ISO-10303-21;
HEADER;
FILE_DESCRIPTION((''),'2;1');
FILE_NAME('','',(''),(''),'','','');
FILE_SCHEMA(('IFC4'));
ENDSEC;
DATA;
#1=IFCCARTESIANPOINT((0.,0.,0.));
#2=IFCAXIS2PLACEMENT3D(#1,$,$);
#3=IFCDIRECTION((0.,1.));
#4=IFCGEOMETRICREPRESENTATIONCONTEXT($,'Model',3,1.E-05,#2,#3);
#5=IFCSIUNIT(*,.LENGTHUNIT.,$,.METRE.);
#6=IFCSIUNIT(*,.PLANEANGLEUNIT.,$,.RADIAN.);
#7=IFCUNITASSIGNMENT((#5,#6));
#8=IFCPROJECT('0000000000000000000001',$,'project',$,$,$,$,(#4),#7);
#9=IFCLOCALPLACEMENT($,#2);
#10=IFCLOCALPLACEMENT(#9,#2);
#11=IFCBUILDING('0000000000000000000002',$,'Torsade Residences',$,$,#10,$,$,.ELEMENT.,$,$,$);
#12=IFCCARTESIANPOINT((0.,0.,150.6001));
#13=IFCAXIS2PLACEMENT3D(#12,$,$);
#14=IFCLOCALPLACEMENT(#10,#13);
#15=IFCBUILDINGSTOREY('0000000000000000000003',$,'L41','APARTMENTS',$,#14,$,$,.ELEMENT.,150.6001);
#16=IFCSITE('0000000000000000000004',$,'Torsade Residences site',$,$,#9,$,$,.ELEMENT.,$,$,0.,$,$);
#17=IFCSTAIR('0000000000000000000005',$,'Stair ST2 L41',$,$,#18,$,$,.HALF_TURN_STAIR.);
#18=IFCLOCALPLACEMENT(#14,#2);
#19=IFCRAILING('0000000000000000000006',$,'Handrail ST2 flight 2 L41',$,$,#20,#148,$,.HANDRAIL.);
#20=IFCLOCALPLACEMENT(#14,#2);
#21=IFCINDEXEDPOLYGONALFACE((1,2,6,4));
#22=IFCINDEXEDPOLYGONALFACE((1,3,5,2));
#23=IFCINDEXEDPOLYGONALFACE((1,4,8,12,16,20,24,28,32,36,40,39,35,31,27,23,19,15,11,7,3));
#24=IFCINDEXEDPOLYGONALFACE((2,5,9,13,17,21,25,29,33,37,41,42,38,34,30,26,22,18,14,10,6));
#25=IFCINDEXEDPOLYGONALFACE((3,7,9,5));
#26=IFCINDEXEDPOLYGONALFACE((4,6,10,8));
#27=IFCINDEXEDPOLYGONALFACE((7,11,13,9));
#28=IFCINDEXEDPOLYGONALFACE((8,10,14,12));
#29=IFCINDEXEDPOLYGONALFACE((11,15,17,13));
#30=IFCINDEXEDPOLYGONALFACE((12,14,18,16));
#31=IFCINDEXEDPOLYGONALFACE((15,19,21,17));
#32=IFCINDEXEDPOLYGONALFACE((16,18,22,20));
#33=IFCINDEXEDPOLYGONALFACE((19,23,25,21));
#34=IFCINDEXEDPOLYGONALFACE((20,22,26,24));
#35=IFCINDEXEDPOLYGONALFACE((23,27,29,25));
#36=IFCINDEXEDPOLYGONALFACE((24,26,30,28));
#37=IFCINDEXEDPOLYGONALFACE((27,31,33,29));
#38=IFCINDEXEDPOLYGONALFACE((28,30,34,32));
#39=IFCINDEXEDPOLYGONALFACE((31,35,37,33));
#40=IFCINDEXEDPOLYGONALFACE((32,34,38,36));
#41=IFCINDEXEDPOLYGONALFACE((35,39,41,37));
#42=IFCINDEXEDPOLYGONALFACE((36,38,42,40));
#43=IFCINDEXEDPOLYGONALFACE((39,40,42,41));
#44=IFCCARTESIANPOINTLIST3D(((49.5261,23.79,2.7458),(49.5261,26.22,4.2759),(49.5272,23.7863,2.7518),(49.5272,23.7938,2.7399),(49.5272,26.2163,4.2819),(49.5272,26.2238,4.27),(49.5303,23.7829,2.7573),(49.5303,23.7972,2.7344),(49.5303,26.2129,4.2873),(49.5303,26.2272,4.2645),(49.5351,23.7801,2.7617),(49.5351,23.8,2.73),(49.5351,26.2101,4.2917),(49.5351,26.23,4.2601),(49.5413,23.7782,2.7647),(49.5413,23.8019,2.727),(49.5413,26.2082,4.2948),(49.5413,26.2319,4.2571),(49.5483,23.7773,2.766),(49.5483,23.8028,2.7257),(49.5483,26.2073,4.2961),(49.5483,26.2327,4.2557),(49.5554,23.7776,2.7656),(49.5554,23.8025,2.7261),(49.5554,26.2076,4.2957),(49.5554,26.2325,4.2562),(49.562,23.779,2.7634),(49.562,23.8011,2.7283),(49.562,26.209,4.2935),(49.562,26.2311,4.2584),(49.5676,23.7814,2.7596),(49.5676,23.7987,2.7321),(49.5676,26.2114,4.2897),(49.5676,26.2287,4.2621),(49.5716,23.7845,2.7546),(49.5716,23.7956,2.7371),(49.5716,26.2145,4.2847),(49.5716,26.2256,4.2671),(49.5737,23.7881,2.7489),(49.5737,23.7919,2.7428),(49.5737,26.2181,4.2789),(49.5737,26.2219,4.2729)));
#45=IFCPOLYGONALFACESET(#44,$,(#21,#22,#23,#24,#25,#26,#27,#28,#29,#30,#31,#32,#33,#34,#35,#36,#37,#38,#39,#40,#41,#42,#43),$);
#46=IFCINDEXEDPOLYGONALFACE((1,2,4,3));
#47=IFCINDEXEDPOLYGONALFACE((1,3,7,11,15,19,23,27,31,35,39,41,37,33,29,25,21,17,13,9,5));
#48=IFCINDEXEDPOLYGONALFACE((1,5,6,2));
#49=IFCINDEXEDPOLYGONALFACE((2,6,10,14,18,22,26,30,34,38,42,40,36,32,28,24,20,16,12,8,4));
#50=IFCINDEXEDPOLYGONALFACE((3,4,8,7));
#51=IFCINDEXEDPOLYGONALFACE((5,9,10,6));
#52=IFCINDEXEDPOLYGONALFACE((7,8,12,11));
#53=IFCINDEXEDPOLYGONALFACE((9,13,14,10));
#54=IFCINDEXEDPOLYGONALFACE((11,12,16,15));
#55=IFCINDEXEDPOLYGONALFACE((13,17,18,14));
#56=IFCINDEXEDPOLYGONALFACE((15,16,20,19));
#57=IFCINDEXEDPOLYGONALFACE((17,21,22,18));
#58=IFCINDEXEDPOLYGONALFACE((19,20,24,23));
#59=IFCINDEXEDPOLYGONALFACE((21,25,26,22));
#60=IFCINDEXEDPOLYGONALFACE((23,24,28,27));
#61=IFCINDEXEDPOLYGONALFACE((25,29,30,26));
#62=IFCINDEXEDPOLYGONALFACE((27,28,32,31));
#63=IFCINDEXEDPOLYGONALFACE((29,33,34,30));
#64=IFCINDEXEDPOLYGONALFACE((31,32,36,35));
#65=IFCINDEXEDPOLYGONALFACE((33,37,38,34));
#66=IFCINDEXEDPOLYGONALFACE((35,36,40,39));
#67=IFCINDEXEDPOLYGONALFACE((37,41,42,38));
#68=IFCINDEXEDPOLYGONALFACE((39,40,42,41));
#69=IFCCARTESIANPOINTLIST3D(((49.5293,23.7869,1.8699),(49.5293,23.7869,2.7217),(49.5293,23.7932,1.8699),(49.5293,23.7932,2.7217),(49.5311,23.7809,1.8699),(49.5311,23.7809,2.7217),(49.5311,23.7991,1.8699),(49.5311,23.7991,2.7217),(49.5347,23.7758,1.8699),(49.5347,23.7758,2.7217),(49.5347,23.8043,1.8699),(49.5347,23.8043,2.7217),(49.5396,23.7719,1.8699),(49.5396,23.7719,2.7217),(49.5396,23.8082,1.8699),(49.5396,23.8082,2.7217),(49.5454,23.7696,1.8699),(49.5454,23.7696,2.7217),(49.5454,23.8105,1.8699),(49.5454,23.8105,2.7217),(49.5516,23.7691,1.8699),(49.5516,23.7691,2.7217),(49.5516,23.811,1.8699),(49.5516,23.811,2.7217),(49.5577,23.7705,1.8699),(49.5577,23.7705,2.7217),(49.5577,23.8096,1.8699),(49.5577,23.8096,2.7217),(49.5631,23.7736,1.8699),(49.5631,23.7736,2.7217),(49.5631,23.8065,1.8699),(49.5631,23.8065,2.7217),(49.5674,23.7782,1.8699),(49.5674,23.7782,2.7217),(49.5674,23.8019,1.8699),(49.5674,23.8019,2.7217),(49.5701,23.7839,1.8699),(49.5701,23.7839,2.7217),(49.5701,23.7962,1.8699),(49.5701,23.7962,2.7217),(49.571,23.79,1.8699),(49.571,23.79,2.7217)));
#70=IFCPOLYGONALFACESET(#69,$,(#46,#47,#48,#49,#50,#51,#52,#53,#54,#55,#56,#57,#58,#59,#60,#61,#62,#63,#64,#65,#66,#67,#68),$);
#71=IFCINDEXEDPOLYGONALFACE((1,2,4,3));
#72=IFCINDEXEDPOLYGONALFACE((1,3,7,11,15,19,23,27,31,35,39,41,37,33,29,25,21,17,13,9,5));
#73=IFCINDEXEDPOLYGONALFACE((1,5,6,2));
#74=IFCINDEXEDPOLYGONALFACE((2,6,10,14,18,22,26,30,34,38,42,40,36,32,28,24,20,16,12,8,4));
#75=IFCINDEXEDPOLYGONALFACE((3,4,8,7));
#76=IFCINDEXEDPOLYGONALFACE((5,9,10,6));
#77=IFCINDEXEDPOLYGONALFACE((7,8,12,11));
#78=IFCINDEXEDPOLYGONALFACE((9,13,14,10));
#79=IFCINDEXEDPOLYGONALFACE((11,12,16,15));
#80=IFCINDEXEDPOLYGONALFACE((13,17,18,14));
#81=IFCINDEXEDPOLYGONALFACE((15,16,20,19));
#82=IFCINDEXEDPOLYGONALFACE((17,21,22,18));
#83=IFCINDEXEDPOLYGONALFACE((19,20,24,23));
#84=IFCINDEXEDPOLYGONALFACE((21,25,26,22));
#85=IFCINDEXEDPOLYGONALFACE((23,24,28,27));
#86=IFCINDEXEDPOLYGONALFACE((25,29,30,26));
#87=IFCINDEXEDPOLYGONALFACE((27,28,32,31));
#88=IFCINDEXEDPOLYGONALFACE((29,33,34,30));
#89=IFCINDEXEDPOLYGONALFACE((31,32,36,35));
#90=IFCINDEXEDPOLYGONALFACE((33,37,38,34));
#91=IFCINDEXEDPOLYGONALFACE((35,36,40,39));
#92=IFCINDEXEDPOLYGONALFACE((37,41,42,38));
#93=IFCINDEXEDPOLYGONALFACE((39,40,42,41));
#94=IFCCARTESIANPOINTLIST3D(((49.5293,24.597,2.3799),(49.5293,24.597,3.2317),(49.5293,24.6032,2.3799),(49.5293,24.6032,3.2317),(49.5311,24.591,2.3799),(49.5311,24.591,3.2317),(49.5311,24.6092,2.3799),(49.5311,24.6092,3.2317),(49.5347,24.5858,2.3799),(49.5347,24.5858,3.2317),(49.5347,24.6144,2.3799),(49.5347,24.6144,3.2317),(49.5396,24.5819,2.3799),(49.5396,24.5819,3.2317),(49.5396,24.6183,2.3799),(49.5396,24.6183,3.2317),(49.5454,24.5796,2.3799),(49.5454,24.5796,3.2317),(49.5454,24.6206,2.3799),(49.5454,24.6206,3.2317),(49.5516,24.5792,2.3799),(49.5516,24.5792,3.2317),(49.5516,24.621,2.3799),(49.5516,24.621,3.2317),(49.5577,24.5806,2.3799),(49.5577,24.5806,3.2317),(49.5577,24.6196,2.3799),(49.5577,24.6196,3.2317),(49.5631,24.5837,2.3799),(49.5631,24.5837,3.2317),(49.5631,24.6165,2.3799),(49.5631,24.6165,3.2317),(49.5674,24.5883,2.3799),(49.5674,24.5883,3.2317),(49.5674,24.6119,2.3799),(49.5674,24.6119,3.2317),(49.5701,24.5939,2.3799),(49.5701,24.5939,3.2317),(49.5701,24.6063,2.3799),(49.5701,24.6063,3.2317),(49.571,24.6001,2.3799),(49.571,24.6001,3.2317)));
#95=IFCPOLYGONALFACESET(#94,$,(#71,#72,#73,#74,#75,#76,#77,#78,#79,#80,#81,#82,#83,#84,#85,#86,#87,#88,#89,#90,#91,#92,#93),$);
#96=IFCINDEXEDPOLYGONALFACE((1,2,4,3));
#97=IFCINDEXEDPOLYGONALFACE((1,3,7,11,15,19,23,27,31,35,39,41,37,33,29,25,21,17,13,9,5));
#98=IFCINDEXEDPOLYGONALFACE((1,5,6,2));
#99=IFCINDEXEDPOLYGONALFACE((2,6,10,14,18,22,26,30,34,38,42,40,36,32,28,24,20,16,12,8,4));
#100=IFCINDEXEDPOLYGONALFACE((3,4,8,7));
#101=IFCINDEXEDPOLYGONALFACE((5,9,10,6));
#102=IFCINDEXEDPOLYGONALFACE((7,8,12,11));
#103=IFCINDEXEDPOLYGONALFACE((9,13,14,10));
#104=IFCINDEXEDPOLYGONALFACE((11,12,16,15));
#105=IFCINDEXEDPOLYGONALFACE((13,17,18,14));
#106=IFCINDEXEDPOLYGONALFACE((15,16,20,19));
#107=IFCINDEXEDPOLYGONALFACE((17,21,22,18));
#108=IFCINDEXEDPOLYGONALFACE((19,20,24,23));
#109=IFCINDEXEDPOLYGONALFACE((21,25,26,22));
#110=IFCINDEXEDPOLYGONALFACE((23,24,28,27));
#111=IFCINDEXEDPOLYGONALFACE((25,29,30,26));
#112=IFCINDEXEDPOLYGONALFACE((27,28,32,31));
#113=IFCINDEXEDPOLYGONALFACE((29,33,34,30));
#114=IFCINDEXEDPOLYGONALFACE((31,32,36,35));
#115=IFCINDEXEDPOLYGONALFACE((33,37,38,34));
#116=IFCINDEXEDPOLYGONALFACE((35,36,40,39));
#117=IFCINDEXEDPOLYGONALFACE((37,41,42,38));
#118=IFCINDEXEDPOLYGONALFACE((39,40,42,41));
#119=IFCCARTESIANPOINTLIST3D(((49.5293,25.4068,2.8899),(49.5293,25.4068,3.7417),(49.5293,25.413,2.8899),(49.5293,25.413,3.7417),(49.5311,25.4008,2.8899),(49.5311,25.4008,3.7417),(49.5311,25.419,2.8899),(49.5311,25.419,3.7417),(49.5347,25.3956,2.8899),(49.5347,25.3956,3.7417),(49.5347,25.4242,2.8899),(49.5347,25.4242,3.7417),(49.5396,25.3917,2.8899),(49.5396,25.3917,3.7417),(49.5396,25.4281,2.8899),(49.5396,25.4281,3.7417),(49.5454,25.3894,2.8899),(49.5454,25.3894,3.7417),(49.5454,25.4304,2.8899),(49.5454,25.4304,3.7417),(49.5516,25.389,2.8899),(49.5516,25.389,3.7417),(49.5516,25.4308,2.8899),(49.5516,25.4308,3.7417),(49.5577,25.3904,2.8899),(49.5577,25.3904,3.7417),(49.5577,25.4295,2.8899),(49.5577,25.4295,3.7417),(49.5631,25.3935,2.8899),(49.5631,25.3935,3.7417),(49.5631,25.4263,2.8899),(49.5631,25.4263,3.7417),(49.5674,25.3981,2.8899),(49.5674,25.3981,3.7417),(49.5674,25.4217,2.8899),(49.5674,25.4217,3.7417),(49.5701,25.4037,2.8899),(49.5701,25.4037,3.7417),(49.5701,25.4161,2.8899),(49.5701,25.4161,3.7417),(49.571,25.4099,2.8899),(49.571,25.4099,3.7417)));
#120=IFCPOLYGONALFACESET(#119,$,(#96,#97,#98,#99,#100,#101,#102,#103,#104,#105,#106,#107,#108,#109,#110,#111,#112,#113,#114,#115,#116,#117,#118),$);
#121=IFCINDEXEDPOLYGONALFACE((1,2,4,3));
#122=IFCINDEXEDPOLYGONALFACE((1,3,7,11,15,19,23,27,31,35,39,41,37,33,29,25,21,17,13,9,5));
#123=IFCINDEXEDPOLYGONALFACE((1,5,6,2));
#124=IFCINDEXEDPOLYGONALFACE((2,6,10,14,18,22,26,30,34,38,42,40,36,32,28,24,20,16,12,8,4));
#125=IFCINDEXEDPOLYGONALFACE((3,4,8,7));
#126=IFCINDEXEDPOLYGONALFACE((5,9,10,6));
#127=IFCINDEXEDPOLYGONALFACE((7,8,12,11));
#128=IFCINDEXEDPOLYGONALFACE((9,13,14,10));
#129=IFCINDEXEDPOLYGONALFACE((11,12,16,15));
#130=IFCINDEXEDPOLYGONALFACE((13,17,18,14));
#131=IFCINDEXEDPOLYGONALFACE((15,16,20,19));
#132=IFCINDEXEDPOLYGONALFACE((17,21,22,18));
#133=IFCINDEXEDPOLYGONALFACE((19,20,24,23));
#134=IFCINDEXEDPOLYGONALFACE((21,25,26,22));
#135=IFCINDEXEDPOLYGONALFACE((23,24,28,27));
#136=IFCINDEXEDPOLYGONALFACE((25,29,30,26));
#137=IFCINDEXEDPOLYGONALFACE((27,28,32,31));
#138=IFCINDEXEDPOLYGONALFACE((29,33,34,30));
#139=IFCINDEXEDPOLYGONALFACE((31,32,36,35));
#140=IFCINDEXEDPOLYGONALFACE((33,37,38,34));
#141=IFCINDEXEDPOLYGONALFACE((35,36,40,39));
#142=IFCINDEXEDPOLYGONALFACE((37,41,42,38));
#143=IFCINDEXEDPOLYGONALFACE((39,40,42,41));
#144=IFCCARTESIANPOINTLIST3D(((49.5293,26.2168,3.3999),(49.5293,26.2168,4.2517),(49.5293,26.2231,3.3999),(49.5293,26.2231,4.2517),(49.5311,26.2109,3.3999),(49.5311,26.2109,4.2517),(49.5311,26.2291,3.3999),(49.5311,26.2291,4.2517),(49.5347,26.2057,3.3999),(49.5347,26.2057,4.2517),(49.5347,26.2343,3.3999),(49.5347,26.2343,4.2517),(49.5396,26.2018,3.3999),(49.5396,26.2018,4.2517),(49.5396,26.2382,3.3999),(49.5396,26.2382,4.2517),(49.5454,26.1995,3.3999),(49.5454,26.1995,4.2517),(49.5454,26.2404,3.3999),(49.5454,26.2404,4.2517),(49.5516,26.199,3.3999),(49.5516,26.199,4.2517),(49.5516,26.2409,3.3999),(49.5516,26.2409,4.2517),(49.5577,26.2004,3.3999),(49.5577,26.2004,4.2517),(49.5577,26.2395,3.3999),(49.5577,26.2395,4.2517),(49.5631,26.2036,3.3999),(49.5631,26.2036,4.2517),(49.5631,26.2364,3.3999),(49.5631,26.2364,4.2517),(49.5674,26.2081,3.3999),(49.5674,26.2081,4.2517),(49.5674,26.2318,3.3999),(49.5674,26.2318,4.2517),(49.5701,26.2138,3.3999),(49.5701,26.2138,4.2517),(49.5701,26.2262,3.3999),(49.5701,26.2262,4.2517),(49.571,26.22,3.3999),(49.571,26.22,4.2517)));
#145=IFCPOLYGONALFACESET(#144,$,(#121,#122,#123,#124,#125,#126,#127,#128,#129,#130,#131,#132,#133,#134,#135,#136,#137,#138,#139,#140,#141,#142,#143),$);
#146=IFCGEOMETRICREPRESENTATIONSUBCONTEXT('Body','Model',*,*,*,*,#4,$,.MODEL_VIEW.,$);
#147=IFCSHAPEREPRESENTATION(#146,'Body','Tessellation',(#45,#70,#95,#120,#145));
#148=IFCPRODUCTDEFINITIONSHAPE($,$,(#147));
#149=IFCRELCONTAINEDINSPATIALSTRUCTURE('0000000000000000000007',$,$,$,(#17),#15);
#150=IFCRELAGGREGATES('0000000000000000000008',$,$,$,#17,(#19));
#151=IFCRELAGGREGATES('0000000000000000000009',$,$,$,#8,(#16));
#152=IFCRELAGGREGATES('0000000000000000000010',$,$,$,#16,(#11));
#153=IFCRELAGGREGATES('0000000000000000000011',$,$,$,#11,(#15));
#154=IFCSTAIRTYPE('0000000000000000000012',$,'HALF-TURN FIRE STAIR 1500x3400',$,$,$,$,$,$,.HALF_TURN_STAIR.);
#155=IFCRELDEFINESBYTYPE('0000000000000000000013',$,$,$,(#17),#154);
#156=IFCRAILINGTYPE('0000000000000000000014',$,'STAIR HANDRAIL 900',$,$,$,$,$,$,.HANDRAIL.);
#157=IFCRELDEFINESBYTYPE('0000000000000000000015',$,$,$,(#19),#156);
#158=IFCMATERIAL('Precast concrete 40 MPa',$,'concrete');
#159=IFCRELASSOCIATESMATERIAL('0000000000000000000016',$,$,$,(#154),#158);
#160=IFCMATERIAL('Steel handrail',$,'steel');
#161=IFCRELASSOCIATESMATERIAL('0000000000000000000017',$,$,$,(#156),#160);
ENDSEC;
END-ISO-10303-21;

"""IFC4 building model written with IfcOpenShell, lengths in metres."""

from ifc_helpers import new_model, si_unit, direction, frame, origin, origin_2d, place, context, subcontext, project, spatial, circle, extrude, material, type_object, element, aggregate, save


model = new_model("IFC4")

# Units and contexts
model_context = context("Model", 3, precision=1e-05, world=origin(), true_north=direction((0.0, 1.0)))
body_context = subcontext(model_context, "Body", "Model", "MODEL_VIEW")
ifc_project = project(units=[si_unit("LENGTHUNIT", "METRE"), si_unit("PLANEANGLEUNIT", "RADIAN")], contexts=[model_context])

# Site, building, storey
site_placement = place(None, origin())
site = spatial("IfcSite", under=ifc_project, at=site_placement, Name="Torsade Residences site", CompositionType="ELEMENT", RefElevation=0.0)
building_placement = place(site_placement, origin())
building = spatial("IfcBuilding", under=site, at=building_placement, Name="Torsade Residences", CompositionType="ELEMENT")
storey_placement = place(building_placement, frame((0.0, 0.0, 150.6001)))
storey = spatial("IfcBuildingStorey", under=building, at=storey_placement, Name="L41", Description="APARTMENTS", CompositionType="ELEMENT", Elevation=150.6001)

# Stair, railing
ifc_material_1 = material(Name="Precast concrete 40 MPa", Category="concrete")
stair_type = type_object("IfcStairType", Name="HALF-TURN FIRE STAIR 1500x3400", PredefinedType="HALF_TURN_STAIR", material=ifc_material_1)
stair_placement = place(storey_placement, origin())
stair = element("IfcStair", 1, at=stair_placement, inside=storey, type_object=stair_type, Name="Stair ST2 L41", PredefinedType="HALF_TURN_STAIR")
ifc_material_2 = material(Name="Steel handrail", Category="steel")
railing_type = type_object("IfcRailingType", Name="STAIR HANDRAIL 900", PredefinedType="HANDRAIL", material=ifc_material_2)
railing_1_placement = place(storey_placement, frame((49.55, 23.79, 1.8699)))
railing_1 = element("IfcRailing", 2, at=railing_1_placement, type_object=railing_type, Name="Handrail ST2 flight 2 L41", PredefinedType="HANDRAIL", context=body_context, shape_type="SweptSolid", body=[
    extrude(circle(Radius=0.0239, at=origin_2d()), frame((0.0, 0.0, 0.876), z_axis=(0.0, 0.846221, 0.532831), x_axis=(-1.0, 0.0, 0.0)), (0.0, 0.0, 1.0), 2.8716),
    extrude(circle(Radius=0.021, at=origin_2d()), origin(), (0.0, 0.0, 1.0), 0.8518),
    extrude(circle(Radius=0.021, at=origin_2d()), frame((0.0, 0.8101, 0.51)), (0.0, 0.0, 1.0), 0.8518),
    extrude(circle(Radius=0.021, at=origin_2d()), frame((0.0, 1.6199, 1.02)), (0.0, 0.0, 1.0), 0.8518),
    extrude(circle(Radius=0.021, at=origin_2d()), frame((0.0, 2.4299, 1.53)), (0.0, 0.0, 1.0), 0.8518),
])
aggregate(stair, [railing_1])

save(model, "model.ifc")
